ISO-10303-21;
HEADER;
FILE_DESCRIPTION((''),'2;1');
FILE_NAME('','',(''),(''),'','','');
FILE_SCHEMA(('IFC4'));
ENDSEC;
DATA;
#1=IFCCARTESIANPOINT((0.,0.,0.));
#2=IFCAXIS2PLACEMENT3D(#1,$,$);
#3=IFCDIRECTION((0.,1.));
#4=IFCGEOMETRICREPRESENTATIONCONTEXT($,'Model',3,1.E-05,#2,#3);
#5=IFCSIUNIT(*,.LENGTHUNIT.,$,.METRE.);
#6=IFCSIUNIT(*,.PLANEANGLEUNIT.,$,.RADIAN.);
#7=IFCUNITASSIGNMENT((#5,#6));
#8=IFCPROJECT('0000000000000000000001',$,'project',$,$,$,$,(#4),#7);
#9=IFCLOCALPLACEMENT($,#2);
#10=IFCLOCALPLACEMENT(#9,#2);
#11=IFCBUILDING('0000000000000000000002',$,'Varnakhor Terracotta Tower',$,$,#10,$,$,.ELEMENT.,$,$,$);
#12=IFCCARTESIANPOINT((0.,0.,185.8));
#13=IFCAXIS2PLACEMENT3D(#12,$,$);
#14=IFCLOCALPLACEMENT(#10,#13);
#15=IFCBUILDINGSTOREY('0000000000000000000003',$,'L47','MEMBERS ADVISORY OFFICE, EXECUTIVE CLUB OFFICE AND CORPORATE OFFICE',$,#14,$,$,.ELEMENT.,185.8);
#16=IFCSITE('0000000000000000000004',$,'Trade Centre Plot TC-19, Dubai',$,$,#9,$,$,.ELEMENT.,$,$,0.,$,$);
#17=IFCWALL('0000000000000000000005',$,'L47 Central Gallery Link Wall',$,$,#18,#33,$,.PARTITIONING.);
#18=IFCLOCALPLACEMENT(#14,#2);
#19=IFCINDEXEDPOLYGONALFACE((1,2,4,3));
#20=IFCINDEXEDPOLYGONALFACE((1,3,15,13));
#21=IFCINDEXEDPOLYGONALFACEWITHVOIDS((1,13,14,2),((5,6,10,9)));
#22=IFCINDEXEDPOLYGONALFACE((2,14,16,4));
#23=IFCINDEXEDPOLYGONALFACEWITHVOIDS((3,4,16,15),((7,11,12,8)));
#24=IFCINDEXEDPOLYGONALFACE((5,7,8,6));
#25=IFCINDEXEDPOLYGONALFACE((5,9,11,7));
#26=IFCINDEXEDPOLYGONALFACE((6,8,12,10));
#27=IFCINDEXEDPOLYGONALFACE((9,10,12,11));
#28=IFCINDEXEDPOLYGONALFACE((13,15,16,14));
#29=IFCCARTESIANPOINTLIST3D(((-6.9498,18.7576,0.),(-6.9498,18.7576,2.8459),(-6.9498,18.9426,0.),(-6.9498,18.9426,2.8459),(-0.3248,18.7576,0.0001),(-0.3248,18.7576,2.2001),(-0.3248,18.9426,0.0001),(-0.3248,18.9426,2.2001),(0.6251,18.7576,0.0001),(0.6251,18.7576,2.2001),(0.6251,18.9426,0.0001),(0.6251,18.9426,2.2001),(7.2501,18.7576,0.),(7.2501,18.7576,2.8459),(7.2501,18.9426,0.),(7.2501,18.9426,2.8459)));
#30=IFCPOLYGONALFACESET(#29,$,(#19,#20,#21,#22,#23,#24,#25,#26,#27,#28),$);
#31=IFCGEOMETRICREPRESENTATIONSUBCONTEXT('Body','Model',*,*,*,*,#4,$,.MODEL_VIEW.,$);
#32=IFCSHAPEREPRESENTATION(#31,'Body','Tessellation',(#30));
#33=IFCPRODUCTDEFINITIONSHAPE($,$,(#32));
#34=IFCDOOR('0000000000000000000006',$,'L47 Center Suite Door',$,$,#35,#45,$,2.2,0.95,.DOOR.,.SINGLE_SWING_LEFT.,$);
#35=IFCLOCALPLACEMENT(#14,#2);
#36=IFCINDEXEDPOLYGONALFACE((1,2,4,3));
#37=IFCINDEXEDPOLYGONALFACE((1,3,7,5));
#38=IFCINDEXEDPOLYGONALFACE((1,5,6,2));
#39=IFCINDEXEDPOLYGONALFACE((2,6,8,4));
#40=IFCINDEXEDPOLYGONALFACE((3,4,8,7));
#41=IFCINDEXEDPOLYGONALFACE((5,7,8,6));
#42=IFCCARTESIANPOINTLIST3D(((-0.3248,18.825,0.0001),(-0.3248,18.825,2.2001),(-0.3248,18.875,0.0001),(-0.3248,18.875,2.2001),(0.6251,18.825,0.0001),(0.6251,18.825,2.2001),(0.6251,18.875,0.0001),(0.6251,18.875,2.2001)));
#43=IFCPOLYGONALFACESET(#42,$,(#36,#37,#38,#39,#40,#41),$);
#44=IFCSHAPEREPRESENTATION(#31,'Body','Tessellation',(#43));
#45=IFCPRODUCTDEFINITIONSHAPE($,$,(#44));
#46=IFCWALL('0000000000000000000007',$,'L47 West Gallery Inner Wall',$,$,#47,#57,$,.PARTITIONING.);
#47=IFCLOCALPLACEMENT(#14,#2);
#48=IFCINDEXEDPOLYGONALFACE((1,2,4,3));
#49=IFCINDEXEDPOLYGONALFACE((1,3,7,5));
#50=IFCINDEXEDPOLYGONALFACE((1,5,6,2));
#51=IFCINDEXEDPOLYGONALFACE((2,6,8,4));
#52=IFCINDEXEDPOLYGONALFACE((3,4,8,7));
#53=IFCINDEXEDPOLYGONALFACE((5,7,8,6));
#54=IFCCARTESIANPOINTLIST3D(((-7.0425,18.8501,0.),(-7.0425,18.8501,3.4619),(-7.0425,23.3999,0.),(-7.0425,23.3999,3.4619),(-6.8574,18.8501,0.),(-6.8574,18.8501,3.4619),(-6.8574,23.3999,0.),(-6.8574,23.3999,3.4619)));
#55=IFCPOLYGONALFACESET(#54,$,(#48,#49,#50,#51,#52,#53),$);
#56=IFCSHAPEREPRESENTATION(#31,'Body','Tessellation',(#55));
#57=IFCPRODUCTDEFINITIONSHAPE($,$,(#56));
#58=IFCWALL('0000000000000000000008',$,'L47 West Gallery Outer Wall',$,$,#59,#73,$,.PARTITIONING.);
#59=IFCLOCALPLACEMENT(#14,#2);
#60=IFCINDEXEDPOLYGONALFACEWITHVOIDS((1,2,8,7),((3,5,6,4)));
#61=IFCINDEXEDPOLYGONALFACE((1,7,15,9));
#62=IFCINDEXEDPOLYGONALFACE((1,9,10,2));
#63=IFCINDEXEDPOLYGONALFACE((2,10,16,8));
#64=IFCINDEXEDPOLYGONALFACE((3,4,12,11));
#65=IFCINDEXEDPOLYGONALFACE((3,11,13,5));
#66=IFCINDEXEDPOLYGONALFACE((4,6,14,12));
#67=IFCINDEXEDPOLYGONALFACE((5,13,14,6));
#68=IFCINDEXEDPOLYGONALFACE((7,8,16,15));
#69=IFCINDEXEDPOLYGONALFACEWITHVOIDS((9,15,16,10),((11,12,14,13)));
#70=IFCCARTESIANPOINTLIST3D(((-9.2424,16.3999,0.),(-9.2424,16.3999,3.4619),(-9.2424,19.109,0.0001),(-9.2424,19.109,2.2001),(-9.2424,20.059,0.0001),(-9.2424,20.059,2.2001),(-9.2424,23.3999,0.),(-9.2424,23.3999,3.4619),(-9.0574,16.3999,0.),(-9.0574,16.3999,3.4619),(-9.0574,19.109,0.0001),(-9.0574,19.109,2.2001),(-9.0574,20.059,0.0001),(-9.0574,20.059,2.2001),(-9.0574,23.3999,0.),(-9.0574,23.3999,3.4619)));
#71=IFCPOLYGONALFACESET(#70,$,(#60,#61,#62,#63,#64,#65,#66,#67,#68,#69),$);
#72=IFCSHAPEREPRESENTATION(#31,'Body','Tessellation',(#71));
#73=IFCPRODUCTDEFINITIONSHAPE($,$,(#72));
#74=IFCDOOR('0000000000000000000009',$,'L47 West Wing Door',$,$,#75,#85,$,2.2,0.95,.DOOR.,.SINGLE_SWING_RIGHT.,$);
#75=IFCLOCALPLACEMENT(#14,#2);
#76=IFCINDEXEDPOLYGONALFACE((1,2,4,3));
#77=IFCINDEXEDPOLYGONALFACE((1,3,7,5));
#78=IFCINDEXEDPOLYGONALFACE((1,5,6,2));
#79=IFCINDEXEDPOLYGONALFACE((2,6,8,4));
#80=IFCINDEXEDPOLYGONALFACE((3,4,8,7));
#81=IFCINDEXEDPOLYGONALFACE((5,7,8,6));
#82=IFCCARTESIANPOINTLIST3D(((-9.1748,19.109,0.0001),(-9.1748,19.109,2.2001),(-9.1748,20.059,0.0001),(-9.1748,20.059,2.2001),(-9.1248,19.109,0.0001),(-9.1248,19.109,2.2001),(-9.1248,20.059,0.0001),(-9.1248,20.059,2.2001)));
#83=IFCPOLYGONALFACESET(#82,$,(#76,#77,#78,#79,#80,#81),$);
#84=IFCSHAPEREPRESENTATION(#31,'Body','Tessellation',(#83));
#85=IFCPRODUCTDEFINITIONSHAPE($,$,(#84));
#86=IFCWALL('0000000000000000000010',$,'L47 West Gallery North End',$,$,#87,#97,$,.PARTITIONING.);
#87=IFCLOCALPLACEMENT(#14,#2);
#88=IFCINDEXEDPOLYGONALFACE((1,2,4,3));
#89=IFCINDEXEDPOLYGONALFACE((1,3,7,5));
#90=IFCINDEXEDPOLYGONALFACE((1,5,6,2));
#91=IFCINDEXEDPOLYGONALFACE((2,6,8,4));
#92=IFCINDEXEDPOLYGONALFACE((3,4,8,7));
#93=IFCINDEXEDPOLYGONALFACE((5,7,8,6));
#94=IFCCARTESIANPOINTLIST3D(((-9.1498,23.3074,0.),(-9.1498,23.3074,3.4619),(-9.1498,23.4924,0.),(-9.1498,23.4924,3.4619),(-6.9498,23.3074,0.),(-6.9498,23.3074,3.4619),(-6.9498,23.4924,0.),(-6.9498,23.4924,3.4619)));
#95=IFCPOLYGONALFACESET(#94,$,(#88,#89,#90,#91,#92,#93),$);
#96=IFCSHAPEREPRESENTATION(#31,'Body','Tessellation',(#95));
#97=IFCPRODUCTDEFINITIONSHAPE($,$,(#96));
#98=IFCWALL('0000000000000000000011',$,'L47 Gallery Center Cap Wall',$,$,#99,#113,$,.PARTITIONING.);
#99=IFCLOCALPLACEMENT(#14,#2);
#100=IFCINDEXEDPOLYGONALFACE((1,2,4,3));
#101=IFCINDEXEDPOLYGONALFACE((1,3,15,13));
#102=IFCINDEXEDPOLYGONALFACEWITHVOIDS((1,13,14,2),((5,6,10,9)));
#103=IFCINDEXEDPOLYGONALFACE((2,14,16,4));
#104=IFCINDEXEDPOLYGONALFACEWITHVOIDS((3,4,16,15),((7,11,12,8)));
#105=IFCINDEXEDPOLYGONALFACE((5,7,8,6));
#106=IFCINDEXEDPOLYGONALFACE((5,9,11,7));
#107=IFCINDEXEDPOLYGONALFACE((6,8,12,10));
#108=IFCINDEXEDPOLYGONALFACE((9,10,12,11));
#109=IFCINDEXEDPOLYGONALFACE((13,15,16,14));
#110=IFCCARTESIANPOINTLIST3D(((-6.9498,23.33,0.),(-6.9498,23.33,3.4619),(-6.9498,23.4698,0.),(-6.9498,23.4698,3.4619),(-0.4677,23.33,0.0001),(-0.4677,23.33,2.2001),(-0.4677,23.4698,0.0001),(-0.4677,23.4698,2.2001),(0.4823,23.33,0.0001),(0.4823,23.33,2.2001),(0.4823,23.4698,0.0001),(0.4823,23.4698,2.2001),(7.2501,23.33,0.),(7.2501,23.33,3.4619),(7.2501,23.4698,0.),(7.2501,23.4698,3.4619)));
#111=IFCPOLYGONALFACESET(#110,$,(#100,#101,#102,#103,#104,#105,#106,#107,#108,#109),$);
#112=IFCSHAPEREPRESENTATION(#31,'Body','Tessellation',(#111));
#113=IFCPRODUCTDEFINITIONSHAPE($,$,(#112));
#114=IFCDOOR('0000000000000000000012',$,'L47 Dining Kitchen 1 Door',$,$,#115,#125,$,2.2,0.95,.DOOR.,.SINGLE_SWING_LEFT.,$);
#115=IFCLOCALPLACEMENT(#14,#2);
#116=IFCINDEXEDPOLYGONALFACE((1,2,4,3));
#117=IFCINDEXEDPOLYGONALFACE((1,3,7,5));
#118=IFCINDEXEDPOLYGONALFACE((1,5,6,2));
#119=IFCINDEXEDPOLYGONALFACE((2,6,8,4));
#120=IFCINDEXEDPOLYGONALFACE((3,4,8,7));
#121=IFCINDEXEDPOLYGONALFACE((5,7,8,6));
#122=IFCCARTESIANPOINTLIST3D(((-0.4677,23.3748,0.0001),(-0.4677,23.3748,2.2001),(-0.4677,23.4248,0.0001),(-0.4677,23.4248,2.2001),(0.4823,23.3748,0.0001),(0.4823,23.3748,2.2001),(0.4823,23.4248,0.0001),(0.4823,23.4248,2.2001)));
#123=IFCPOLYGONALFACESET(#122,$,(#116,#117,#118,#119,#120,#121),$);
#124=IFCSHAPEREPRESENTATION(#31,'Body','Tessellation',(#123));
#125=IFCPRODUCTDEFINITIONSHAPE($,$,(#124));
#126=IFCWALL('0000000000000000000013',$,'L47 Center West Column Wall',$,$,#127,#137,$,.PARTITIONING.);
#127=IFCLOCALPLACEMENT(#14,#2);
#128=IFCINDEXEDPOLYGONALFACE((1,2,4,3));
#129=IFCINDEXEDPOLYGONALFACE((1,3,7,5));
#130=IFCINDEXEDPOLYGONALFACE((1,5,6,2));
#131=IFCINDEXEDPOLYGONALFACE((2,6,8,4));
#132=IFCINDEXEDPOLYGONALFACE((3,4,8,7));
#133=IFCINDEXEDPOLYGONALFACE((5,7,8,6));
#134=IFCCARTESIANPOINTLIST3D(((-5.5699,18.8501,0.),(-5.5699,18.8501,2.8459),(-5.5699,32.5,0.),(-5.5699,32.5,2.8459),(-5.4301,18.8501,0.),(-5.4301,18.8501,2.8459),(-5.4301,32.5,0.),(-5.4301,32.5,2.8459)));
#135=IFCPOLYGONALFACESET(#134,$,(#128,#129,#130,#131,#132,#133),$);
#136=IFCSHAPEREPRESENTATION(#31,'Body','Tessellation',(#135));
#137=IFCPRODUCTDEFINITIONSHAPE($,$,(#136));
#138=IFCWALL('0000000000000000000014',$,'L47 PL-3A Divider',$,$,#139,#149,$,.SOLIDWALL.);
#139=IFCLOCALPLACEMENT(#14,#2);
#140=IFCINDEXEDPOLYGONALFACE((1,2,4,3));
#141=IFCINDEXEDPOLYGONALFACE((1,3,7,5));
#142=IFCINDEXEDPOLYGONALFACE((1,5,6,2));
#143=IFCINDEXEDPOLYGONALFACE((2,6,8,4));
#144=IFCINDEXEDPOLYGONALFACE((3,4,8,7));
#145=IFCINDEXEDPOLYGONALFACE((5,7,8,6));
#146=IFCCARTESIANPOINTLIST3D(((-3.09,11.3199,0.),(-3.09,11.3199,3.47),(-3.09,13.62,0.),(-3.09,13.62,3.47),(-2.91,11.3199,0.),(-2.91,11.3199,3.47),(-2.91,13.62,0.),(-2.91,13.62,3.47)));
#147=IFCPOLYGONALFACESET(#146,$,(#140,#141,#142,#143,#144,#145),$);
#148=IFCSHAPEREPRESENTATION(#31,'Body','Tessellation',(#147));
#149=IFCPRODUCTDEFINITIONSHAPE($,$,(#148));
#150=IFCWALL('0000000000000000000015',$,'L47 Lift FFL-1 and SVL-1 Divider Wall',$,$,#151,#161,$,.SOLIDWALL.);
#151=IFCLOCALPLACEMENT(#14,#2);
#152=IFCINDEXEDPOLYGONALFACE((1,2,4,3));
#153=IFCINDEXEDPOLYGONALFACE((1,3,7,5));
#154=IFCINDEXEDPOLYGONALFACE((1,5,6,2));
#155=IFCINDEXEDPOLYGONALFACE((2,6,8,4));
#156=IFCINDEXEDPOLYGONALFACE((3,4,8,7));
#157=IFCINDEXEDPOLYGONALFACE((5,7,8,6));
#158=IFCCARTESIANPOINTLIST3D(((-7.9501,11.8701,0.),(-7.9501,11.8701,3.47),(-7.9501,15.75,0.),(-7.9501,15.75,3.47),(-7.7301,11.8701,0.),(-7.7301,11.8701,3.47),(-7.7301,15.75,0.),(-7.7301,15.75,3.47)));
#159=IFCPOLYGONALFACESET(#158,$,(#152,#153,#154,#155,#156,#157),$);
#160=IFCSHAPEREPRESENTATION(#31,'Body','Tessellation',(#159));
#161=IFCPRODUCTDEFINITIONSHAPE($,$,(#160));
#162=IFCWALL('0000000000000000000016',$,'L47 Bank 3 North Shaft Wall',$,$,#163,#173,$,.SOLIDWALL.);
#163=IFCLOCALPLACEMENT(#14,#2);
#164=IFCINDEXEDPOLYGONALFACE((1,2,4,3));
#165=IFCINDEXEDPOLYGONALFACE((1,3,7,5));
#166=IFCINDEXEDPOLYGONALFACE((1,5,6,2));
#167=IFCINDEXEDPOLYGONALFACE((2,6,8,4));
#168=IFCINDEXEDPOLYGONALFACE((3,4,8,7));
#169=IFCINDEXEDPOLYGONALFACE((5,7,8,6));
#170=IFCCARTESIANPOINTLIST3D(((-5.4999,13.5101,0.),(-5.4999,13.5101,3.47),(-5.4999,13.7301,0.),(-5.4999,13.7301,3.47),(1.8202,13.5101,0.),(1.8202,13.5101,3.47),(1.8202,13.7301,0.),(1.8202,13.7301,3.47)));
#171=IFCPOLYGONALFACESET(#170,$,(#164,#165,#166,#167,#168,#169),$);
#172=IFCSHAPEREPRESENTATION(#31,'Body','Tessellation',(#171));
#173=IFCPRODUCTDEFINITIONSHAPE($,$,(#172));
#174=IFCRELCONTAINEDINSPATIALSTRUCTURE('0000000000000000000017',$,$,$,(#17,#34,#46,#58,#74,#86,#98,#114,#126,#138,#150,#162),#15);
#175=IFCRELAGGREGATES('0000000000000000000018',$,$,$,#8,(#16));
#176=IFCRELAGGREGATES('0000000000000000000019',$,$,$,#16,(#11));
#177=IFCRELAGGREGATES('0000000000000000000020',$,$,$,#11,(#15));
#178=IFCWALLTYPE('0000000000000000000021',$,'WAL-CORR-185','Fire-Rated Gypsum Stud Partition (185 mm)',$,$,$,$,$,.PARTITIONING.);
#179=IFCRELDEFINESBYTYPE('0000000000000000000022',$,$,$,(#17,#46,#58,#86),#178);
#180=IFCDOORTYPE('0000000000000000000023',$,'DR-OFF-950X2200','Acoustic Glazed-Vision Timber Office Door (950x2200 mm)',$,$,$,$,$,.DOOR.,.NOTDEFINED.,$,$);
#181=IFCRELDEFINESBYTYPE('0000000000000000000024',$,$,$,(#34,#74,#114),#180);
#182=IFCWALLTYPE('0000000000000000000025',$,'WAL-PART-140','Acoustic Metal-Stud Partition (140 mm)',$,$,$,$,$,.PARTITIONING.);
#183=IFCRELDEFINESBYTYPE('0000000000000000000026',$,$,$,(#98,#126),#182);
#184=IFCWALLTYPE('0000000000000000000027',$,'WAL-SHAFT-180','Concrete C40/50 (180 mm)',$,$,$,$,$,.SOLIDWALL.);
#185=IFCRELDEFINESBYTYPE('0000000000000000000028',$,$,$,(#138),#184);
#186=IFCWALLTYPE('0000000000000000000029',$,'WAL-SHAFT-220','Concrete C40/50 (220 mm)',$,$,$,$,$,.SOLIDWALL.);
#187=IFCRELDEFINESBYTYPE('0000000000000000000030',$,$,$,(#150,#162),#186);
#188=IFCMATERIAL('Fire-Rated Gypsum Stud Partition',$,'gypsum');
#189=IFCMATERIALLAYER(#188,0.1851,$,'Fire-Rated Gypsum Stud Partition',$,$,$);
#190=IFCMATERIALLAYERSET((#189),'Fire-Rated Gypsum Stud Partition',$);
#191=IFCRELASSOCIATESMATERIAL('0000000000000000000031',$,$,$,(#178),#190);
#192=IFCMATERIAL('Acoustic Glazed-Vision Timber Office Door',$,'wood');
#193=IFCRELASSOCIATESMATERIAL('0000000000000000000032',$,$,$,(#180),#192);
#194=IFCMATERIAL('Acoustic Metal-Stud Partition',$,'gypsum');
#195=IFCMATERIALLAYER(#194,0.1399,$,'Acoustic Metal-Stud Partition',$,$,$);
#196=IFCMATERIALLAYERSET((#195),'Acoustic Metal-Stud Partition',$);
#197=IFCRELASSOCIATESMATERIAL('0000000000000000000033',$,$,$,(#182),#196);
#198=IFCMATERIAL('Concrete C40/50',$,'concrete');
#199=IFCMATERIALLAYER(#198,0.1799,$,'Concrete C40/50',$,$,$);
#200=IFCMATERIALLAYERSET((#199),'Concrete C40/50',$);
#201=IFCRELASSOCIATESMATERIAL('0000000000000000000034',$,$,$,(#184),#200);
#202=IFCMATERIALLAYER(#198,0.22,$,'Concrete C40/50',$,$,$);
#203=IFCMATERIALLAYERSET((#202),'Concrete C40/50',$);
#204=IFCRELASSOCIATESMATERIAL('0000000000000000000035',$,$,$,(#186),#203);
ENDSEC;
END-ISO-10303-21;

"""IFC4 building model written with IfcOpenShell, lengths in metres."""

from ifc_helpers import new_model, si_unit, direction, frame, frame_2d, origin, place, context, subcontext, project, spatial, rectangle, extrude, source, transform, mapped, material, layer, layer_set, type_object, type_shapes, element, fill, save


model = new_model("IFC4")

# Units and contexts
model_context = context("Model", 3, precision=1e-05, world=origin(), true_north=direction((0.0, 1.0)))
body_context = subcontext(model_context, "Body", "Model", "MODEL_VIEW")
ifc_project = project(units=[si_unit("LENGTHUNIT", "METRE"), si_unit("PLANEANGLEUNIT", "RADIAN")], contexts=[model_context])

# Site, building, storey
site_placement = place(None, origin())
site = spatial("IfcSite", under=ifc_project, at=site_placement, Name="Trade Centre Plot TC-19, Dubai", CompositionType="ELEMENT", RefElevation=0.0)
building_placement = place(site_placement, origin())
building = spatial("IfcBuilding", under=site, at=building_placement, Name="Varnakhor Terracotta Tower", CompositionType="ELEMENT")
storey_placement = place(building_placement, frame((0.0, 0.0, 185.8)))
storey = spatial("IfcBuildingStorey", under=building, at=storey_placement, Name="L47", Description="MEMBERS ADVISORY OFFICE, EXECUTIVE CLUB OFFICE AND CORPORATE OFFICE", CompositionType="ELEMENT", Elevation=185.8)

# Wall, opening, door
ifc_material_1 = material(Name="Fire-Rated Gypsum Stud Partition", Category="gypsum")
ifc_layer_1 = layer(ifc_material_1, 0.1851, Name="Fire-Rated Gypsum Stud Partition")
ifc_layer_set_1 = layer_set([ifc_layer_1], Name="Fire-Rated Gypsum Stud Partition")
wall_type_1 = type_object("IfcWallType", Name="WAL-CORR-185", Description="Fire-Rated Gypsum Stud Partition (185 mm)", PredefinedType="PARTITIONING", material=ifc_layer_set_1)
wall_1_placement = place(storey_placement, frame((-6.95, 18.8501, 0.0), z_axis=(0.0, 0.0, 1.0), x_axis=(1.0, 0.0, 0.0)))
wall_1 = element("IfcWall", 1, at=wall_1_placement, inside=storey, type_object=wall_type_1, Name="L47 Central Gallery Link Wall", PredefinedType="PARTITIONING", context=body_context, shape_type="SweptSolid", body=[
    extrude(rectangle(XDim=14.2, YDim=0.1851, at=frame_2d((7.1001, 0.0))), origin(), (0.0, 0.0, 1.0), 2.8459),
])
opening_1_placement = place(wall_1_placement, frame((6.625, 0.0, 0.0)))
opening_1 = element("IfcOpeningElement", 2, at=opening_1_placement, cuts=wall_1, PredefinedType="OPENING", context=body_context, shape_type="SweptSolid", body=[
    extrude(rectangle(XDim=0.95, YDim=2.2, at=frame_2d((0.4751, 1.1001))), frame((0.0, 0.1025, 0.0), z_axis=(0.0, -1.0, 0.0), x_axis=(1.0, 0.0, 0.0)), (0.0, 0.0, 1.0), 0.2051),
])
ifc_material_2 = material(Name="Acoustic Glazed-Vision Timber Office Door", Category="wood")
door_type_1 = type_object("IfcDoorType", Name="DR-OFF-950X2200", Description="Acoustic Glazed-Vision Timber Office Door (950x2200 mm)", OperationType="NOTDEFINED", PredefinedType="DOOR", material=ifc_material_2)
shared_shape_1 = source(origin(), body_context, "Body", "SweptSolid", [
    extrude(rectangle(XDim=0.95, YDim=2.2, at=frame_2d((0.4751, 1.1001))), frame((0.0, 0.0249, 0.0), z_axis=(0.0, -1.0, 0.0), x_axis=(1.0, 0.0, 0.0)), (0.0, 0.0, 1.0), 0.05),
])
type_shapes(door_type_1, [shared_shape_1])
door_1_placement = place(opening_1_placement, origin())
door_1 = element("IfcDoor", 3, at=door_1_placement, inside=storey, type_object=door_type_1, Name="L47 Center Suite Door", OperationType="SINGLE_SWING_LEFT", OverallHeight=2.2, OverallWidth=0.95, PredefinedType="DOOR", context=body_context, shape_type="MappedRepresentation", body=[
    mapped(shared_shape_1, transform((0.0, 0.0, 0.0), scale=1.0)),
])
fill(opening_1, door_1)

# Wall
wall_2_placement = place(storey_placement, frame((-6.95, 18.8501, 0.0), z_axis=(0.0, 0.0, 1.0), x_axis=(0.0, 1.0, 0.0)))
element("IfcWall", 4, at=wall_2_placement, inside=storey, type_object=wall_type_1, Name="L47 West Gallery Inner Wall", PredefinedType="PARTITIONING", context=body_context, shape_type="SweptSolid", body=[
    extrude(rectangle(XDim=4.5498, YDim=0.1851, at=frame_2d((2.2749, 0.0))), origin(), (0.0, 0.0, 1.0), 3.4619),
])

# Wall, opening, door
wall_3_placement = place(storey_placement, frame((-9.1499, 16.3999, 0.0), z_axis=(0.0, 0.0, 1.0), x_axis=(0.0, 1.0, 0.0)))
wall_3 = element("IfcWall", 5, at=wall_3_placement, inside=storey, type_object=wall_type_1, Name="L47 West Gallery Outer Wall", PredefinedType="PARTITIONING", context=body_context, shape_type="SweptSolid", body=[
    extrude(rectangle(XDim=7.0, YDim=0.1851, at=frame_2d((3.5, 0.0))), origin(), (0.0, 0.0, 1.0), 3.4619),
])
opening_2_placement = place(wall_3_placement, frame((2.709, 0.0, 0.0)))
opening_2 = element("IfcOpeningElement", 6, at=opening_2_placement, cuts=wall_3, PredefinedType="OPENING", context=body_context, shape_type="SweptSolid", body=[
    extrude(rectangle(XDim=0.95, YDim=2.2, at=frame_2d((0.4751, 1.1001))), frame((0.0, 0.1025, 0.0), z_axis=(0.0, -1.0, 0.0), x_axis=(1.0, 0.0, 0.0)), (0.0, 0.0, 1.0), 0.2051),
])
door_2_placement = place(opening_2_placement, origin())
door_2 = element("IfcDoor", 7, at=door_2_placement, inside=storey, type_object=door_type_1, Name="L47 West Wing Door", OperationType="SINGLE_SWING_RIGHT", OverallHeight=2.2, OverallWidth=0.95, PredefinedType="DOOR", context=body_context, shape_type="MappedRepresentation", body=[
    mapped(shared_shape_1, transform((0.0, 0.0, 0.0), scale=1.0)),
])
fill(opening_2, door_2)

# Wall
wall_4_placement = place(storey_placement, frame((-9.1499, 23.3999, 0.0), z_axis=(0.0, 0.0, 1.0), x_axis=(1.0, 0.0, 0.0)))
element("IfcWall", 8, at=wall_4_placement, inside=storey, type_object=wall_type_1, Name="L47 West Gallery North End", PredefinedType="PARTITIONING", context=body_context, shape_type="SweptSolid", body=[
    extrude(rectangle(XDim=2.2, YDim=0.1851, at=frame_2d((1.1001, 0.0))), origin(), (0.0, 0.0, 1.0), 3.4619),
])

# Wall, opening, door
ifc_material_3 = material(Name="Acoustic Metal-Stud Partition", Category="gypsum")
ifc_layer_2 = layer(ifc_material_3, 0.1399, Name="Acoustic Metal-Stud Partition")
ifc_layer_set_2 = layer_set([ifc_layer_2], Name="Acoustic Metal-Stud Partition")
wall_type_2 = type_object("IfcWallType", Name="WAL-PART-140", Description="Acoustic Metal-Stud Partition (140 mm)", PredefinedType="PARTITIONING", material=ifc_layer_set_2)
wall_5_placement = place(storey_placement, frame((-6.95, 23.3999, 0.0), z_axis=(0.0, 0.0, 1.0), x_axis=(1.0, 0.0, 0.0)))
wall_5 = element("IfcWall", 9, at=wall_5_placement, inside=storey, type_object=wall_type_2, Name="L47 Gallery Center Cap Wall", PredefinedType="PARTITIONING", context=body_context, shape_type="SweptSolid", body=[
    extrude(rectangle(XDim=14.2, YDim=0.1399, at=frame_2d((7.1001, 0.0))), origin(), (0.0, 0.0, 1.0), 3.4619),
])
opening_3_placement = place(wall_5_placement, frame((6.4822, 0.0, 0.0)))
opening_3 = element("IfcOpeningElement", 10, at=opening_3_placement, cuts=wall_5, PredefinedType="OPENING", context=body_context, shape_type="SweptSolid", body=[
    extrude(rectangle(XDim=0.95, YDim=2.2, at=frame_2d((0.4751, 1.1001))), frame((0.0, 0.0801, 0.0), z_axis=(0.0, -1.0, 0.0), x_axis=(1.0, 0.0, 0.0)), (0.0, 0.0, 1.0), 0.1599),
])
door_3_placement = place(opening_3_placement, origin())
door_3 = element("IfcDoor", 11, at=door_3_placement, inside=storey, type_object=door_type_1, Name="L47 Dining Kitchen 1 Door", OperationType="SINGLE_SWING_LEFT", OverallHeight=2.2, OverallWidth=0.95, PredefinedType="DOOR", context=body_context, shape_type="MappedRepresentation", body=[
    mapped(shared_shape_1, transform((0.0, 0.0, 0.0), scale=1.0)),
])
fill(opening_3, door_3)

# Walls
wall_6_placement = place(storey_placement, frame((-5.5, 18.8501, 0.0), z_axis=(0.0, 0.0, 1.0), x_axis=(0.0, 1.0, 0.0)))
element("IfcWall", 12, at=wall_6_placement, inside=storey, type_object=wall_type_2, Name="L47 Center West Column Wall", PredefinedType="PARTITIONING", context=body_context, shape_type="SweptSolid", body=[
    extrude(rectangle(XDim=13.6499, YDim=0.1399, at=frame_2d((6.825, 0.0))), origin(), (0.0, 0.0, 1.0), 2.8459),
])
ifc_material_4 = material(Name="Concrete C40/50", Category="concrete")
ifc_layer_3 = layer(ifc_material_4, 0.1799, Name="Concrete C40/50")
ifc_layer_set_3 = layer_set([ifc_layer_3], Name="Concrete C40/50")
wall_type_3 = type_object("IfcWallType", Name="WAL-SHAFT-180", Description="Concrete C40/50 (180 mm)", PredefinedType="SOLIDWALL", material=ifc_layer_set_3)
wall_7_placement = place(storey_placement, frame((-3.0, 11.3201, 0.0), z_axis=(0.0, 0.0, 1.0), x_axis=(0.0, 1.0, 0.0)))
element("IfcWall", 13, at=wall_7_placement, inside=storey, type_object=wall_type_3, Name="L47 PL-3A Divider", PredefinedType="SOLIDWALL", context=body_context, shape_type="SweptSolid", body=[
    extrude(rectangle(XDim=2.3, YDim=0.1799, at=frame_2d((1.1499, 0.0))), origin(), (0.0, 0.0, 1.0), 3.47),
])
ifc_layer_4 = layer(ifc_material_4, 0.22, Name="Concrete C40/50")
ifc_layer_set_4 = layer_set([ifc_layer_4], Name="Concrete C40/50")
wall_type_4 = type_object("IfcWallType", Name="WAL-SHAFT-220", Description="Concrete C40/50 (220 mm)", PredefinedType="SOLIDWALL", material=ifc_layer_set_4)
wall_8_placement = place(storey_placement, frame((-7.8401, 11.8701, 0.0), z_axis=(0.0, 0.0, 1.0), x_axis=(0.0, 1.0, 0.0)))
element("IfcWall", 14, at=wall_8_placement, inside=storey, type_object=wall_type_4, Name="L47 Lift FFL-1 and SVL-1 Divider Wall", PredefinedType="SOLIDWALL", context=body_context, shape_type="SweptSolid", body=[
    extrude(rectangle(XDim=3.8799, YDim=0.22, at=frame_2d((1.9399, 0.0))), origin(), (0.0, 0.0, 1.0), 3.47),
])
wall_9_placement = place(storey_placement, frame((-5.5, 13.6201, 0.0), z_axis=(0.0, 0.0, 1.0), x_axis=(1.0, 0.0, 0.0)))
element("IfcWall", 15, at=wall_9_placement, inside=storey, type_object=wall_type_4, Name="L47 Bank 3 North Shaft Wall", PredefinedType="SOLIDWALL", context=body_context, shape_type="SweptSolid", body=[
    extrude(rectangle(XDim=7.3201, YDim=0.22, at=frame_2d((3.6602, 0.0))), origin(), (0.0, 0.0, 1.0), 3.47),
])

save(model, "model.ifc")
